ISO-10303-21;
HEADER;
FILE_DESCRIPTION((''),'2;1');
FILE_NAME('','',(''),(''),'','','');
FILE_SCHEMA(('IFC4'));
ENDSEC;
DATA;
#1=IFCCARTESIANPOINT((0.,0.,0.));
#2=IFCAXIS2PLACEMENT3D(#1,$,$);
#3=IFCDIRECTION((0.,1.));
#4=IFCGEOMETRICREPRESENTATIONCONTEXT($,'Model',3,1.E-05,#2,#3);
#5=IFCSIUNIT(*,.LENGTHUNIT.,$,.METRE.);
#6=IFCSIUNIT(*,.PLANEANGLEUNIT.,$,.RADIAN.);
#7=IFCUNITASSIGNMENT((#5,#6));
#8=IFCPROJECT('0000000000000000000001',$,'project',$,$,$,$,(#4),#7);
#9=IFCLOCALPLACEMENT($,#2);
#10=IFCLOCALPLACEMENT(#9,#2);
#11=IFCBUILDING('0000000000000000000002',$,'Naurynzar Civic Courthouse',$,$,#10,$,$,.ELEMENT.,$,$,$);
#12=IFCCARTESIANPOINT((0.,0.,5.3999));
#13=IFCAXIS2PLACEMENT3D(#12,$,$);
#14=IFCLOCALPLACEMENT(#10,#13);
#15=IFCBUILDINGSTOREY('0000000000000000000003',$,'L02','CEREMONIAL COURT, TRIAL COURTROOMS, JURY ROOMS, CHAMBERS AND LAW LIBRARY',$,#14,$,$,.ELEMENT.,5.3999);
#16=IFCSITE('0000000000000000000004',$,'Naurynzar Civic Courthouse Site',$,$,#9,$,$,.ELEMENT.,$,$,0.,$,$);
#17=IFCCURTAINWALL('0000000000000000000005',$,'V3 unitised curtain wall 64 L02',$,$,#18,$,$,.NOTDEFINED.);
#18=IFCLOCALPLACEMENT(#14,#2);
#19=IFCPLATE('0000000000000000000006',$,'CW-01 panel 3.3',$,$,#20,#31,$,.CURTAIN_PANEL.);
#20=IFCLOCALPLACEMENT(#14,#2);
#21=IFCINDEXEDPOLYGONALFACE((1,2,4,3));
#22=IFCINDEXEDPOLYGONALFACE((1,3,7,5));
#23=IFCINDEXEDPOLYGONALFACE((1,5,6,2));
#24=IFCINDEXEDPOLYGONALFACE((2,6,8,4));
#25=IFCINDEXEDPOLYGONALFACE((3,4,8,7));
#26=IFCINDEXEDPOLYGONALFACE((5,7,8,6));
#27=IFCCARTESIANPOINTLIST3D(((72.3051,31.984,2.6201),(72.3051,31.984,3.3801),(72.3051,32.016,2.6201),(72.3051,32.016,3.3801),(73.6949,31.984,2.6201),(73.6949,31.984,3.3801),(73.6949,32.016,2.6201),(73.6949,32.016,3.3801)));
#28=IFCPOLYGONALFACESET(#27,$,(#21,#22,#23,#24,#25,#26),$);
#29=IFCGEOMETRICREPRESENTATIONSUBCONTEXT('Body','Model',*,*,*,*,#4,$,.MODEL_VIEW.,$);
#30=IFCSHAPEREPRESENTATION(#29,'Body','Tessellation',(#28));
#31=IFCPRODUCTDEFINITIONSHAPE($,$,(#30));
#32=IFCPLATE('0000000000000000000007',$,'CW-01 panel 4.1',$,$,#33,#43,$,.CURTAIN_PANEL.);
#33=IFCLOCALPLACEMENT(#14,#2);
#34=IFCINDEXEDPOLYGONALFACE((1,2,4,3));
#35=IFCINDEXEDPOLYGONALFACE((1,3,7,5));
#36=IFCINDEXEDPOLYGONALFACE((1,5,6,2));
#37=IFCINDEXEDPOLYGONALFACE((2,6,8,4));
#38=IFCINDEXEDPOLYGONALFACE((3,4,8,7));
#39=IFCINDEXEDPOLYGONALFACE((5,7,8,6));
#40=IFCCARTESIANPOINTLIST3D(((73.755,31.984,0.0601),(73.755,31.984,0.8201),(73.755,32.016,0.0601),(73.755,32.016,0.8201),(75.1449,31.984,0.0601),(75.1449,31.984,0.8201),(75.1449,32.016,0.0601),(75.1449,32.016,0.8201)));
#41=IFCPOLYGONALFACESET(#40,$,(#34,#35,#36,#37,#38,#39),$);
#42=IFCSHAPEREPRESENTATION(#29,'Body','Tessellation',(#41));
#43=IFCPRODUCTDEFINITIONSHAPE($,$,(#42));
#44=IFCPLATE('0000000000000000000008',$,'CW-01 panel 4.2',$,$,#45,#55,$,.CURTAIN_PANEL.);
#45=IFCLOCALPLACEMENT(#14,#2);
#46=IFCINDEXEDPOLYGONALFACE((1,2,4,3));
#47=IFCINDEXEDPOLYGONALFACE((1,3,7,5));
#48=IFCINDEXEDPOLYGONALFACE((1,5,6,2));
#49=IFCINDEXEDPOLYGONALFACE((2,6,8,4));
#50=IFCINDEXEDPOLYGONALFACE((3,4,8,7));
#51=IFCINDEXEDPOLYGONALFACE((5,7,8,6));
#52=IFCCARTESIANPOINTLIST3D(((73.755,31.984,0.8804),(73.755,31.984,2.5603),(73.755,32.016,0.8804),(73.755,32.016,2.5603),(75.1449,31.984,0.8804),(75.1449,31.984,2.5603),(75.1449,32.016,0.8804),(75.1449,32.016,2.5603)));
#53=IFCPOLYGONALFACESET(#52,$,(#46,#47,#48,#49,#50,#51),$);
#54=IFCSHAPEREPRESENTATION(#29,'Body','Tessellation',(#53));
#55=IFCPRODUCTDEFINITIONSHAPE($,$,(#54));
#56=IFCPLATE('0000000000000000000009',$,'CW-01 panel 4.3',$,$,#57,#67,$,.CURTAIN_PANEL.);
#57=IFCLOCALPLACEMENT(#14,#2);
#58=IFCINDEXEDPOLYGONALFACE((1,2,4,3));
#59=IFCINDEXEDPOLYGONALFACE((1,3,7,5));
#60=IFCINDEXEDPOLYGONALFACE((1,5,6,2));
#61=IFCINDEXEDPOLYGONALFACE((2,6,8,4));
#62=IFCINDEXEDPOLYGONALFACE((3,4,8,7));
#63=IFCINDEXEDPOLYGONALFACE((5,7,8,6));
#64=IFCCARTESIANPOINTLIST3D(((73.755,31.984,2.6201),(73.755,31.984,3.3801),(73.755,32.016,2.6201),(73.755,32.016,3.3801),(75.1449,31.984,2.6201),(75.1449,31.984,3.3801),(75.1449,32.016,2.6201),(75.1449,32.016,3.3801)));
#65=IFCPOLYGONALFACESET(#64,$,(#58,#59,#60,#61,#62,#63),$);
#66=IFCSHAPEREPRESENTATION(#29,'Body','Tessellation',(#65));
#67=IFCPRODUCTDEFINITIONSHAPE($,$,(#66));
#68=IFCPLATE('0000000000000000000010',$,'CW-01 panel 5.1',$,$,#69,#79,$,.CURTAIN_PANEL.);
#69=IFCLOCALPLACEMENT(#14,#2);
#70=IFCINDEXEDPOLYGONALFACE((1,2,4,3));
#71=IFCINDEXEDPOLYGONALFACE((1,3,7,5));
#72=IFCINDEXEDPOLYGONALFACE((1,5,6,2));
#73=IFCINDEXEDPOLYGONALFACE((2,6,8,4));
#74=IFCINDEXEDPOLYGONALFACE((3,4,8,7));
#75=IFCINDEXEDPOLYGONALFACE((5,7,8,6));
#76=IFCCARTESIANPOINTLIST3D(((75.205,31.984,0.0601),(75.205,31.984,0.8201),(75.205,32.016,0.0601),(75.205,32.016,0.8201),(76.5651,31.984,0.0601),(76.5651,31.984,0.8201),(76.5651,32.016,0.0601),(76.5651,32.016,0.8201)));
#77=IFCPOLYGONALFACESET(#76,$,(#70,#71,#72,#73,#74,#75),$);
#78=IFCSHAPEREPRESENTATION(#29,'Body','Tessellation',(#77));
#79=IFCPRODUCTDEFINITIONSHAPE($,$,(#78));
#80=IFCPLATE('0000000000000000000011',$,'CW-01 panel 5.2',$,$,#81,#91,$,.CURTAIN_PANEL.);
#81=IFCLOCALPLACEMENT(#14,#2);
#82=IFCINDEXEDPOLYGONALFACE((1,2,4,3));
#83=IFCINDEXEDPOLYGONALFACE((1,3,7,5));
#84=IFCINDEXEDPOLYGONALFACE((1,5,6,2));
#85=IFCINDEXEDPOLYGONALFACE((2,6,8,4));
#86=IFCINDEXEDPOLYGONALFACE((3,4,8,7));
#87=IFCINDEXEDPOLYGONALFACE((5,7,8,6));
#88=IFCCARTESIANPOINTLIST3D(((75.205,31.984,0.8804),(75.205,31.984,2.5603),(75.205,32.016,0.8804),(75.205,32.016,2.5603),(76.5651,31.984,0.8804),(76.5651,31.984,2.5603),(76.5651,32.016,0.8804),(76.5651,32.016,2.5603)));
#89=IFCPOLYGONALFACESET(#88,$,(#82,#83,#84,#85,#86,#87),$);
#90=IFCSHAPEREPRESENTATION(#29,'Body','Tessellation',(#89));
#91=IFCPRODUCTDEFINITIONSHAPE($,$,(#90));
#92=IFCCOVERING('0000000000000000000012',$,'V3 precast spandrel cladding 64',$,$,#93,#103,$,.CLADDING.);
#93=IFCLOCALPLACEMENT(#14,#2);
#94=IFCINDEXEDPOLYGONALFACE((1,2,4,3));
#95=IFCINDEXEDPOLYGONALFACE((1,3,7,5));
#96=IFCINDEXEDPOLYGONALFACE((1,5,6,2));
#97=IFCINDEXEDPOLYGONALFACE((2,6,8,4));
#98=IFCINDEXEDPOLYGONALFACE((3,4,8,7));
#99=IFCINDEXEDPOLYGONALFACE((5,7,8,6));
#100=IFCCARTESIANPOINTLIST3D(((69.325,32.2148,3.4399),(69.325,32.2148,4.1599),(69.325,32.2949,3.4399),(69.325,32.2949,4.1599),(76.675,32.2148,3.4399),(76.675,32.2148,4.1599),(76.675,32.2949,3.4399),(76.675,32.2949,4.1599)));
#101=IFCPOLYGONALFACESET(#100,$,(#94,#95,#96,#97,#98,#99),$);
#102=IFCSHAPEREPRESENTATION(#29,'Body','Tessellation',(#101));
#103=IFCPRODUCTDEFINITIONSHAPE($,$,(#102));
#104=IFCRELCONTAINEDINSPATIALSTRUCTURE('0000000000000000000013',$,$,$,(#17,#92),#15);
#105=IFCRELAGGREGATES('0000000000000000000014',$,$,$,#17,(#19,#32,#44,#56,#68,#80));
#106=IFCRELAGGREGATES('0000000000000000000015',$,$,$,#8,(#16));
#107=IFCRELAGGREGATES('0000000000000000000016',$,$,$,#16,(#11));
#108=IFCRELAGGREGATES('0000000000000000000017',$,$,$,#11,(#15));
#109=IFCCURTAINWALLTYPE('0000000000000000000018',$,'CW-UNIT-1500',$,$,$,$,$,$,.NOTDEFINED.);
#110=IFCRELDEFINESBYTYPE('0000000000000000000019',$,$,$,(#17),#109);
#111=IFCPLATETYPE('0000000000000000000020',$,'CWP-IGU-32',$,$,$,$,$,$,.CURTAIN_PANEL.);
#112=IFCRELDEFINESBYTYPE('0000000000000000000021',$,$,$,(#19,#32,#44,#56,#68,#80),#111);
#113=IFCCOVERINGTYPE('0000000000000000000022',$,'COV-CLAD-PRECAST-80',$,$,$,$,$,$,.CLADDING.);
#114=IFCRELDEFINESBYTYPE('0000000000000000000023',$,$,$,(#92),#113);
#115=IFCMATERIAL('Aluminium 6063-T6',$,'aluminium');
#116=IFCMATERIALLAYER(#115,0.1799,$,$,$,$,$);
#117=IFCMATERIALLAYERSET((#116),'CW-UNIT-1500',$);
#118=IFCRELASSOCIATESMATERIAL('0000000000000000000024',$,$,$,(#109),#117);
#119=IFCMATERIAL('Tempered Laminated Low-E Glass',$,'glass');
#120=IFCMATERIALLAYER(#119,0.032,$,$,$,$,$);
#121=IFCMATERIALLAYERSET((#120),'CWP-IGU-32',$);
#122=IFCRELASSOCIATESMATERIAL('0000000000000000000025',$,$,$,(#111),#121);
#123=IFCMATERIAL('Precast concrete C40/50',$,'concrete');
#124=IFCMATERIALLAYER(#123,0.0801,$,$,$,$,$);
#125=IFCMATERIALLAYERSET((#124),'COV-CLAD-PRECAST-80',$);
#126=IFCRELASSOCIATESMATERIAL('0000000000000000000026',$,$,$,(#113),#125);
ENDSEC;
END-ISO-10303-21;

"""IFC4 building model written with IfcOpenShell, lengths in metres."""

from ifc_helpers import new_model, si_unit, direction, frame, origin, origin_2d, place, context, subcontext, project, spatial, rectangle, extrude, material, layer, layer_set, type_object, element, aggregate, save


model = new_model("IFC4")

# Units and contexts
model_context = context("Model", 3, precision=1e-05, world=origin(), true_north=direction((0.0, 1.0)))
body_context = subcontext(model_context, "Body", "Model", "MODEL_VIEW")
ifc_project = project(units=[si_unit("LENGTHUNIT", "METRE"), si_unit("PLANEANGLEUNIT", "RADIAN")], contexts=[model_context])

# Site, building, storey
site_placement = place(None, origin())
site = spatial("IfcSite", under=ifc_project, at=site_placement, Name="Naurynzar Civic Courthouse Site", CompositionType="ELEMENT", RefElevation=0.0)
building_placement = place(site_placement, origin())
building = spatial("IfcBuilding", under=site, at=building_placement, Name="Naurynzar Civic Courthouse", CompositionType="ELEMENT")
storey_placement = place(building_placement, frame((0.0, 0.0, 5.3999)))
storey = spatial("IfcBuildingStorey", under=building, at=storey_placement, Name="L02", Description="CEREMONIAL COURT, TRIAL COURTROOMS, JURY ROOMS, CHAMBERS AND LAW LIBRARY", CompositionType="ELEMENT", Elevation=5.3999)

# Curtain wall, plates
ifc_material_1 = material(Name="Aluminium 6063-T6", Category="aluminium")
ifc_layer_1 = layer(ifc_material_1, 0.1799)
ifc_layer_set_1 = layer_set([ifc_layer_1], Name="CW-UNIT-1500")
curtain_wall_type = type_object("IfcCurtainWallType", Name="CW-UNIT-1500", PredefinedType="NOTDEFINED", material=ifc_layer_set_1)
curtain_wall_placement = place(storey_placement, origin())
curtain_wall = element("IfcCurtainWall", 1, at=curtain_wall_placement, inside=storey, type_object=curtain_wall_type, Name="V3 unitised curtain wall 64 L02", PredefinedType="NOTDEFINED")
ifc_material_2 = material(Name="Tempered Laminated Low-E Glass", Category="glass")
ifc_layer_2 = layer(ifc_material_2, 0.032)
ifc_layer_set_2 = layer_set([ifc_layer_2], Name="CWP-IGU-32")
plate_type = type_object("IfcPlateType", Name="CWP-IGU-32", PredefinedType="CURTAIN_PANEL", material=ifc_layer_set_2)
plate_1_placement = place(storey_placement, frame((73.0, 32.0, 2.6201), z_axis=(0.0, 0.0, 1.0), x_axis=(1.0, 0.0, 0.0)))
plate_1 = element("IfcPlate", 2, at=plate_1_placement, type_object=plate_type, Name="CW-01 panel 3.3", PredefinedType="CURTAIN_PANEL", context=body_context, shape_type="SweptSolid", body=[
    extrude(rectangle(XDim=1.3899, YDim=0.032, at=origin_2d()), origin(), (0.0, 0.0, 1.0), 0.76),
])
plate_2_placement = place(storey_placement, frame((74.45, 32.0, 0.0601), z_axis=(0.0, 0.0, 1.0), x_axis=(1.0, 0.0, 0.0)))
plate_2 = element("IfcPlate", 3, at=plate_2_placement, type_object=plate_type, Name="CW-01 panel 4.1", PredefinedType="CURTAIN_PANEL", context=body_context, shape_type="SweptSolid", body=[
    extrude(rectangle(XDim=1.3899, YDim=0.032, at=origin_2d()), origin(), (0.0, 0.0, 1.0), 0.76),
])
plate_3_placement = place(storey_placement, frame((74.45, 32.0, 0.8804), z_axis=(0.0, 0.0, 1.0), x_axis=(1.0, 0.0, 0.0)))
plate_3 = element("IfcPlate", 4, at=plate_3_placement, type_object=plate_type, Name="CW-01 panel 4.2", PredefinedType="CURTAIN_PANEL", context=body_context, shape_type="SweptSolid", body=[
    extrude(rectangle(XDim=1.3899, YDim=0.032, at=origin_2d()), origin(), (0.0, 0.0, 1.0), 1.6799),
])
plate_4_placement = place(storey_placement, frame((74.45, 32.0, 2.6201), z_axis=(0.0, 0.0, 1.0), x_axis=(1.0, 0.0, 0.0)))
plate_4 = element("IfcPlate", 5, at=plate_4_placement, type_object=plate_type, Name="CW-01 panel 4.3", PredefinedType="CURTAIN_PANEL", context=body_context, shape_type="SweptSolid", body=[
    extrude(rectangle(XDim=1.3899, YDim=0.032, at=origin_2d()), origin(), (0.0, 0.0, 1.0), 0.76),
])
plate_5_placement = place(storey_placement, frame((75.885, 32.0, 0.0601), z_axis=(0.0, 0.0, 1.0), x_axis=(1.0, 0.0, 0.0)))
plate_5 = element("IfcPlate", 6, at=plate_5_placement, type_object=plate_type, Name="CW-01 panel 5.1", PredefinedType="CURTAIN_PANEL", context=body_context, shape_type="SweptSolid", body=[
    extrude(rectangle(XDim=1.3601, YDim=0.032, at=origin_2d()), origin(), (0.0, 0.0, 1.0), 0.76),
])
plate_6_placement = place(storey_placement, frame((75.885, 32.0, 0.8804), z_axis=(0.0, 0.0, 1.0), x_axis=(1.0, 0.0, 0.0)))
plate_6 = element("IfcPlate", 7, at=plate_6_placement, type_object=plate_type, Name="CW-01 panel 5.2", PredefinedType="CURTAIN_PANEL", context=body_context, shape_type="SweptSolid", body=[
    extrude(rectangle(XDim=1.3601, YDim=0.032, at=origin_2d()), origin(), (0.0, 0.0, 1.0), 1.6799),
])
aggregate(curtain_wall, [plate_1, plate_2, plate_3, plate_4, plate_5, plate_6])

# Covering
ifc_material_3 = material(Name="Precast concrete C40/50", Category="concrete")
ifc_layer_3 = layer(ifc_material_3, 0.0801)
ifc_layer_set_3 = layer_set([ifc_layer_3], Name="COV-CLAD-PRECAST-80")
covering_type = type_object("IfcCoveringType", Name="COV-CLAD-PRECAST-80", PredefinedType="CLADDING", material=ifc_layer_set_3)
covering_placement = place(storey_placement, frame((73.0, 32.2549, 3.4399), z_axis=(0.0, 0.0, 1.0), x_axis=(1.0, 0.0, 0.0)))
element("IfcCovering", 8, at=covering_placement, inside=storey, type_object=covering_type, Name="V3 precast spandrel cladding 64", PredefinedType="CLADDING", context=body_context, shape_type="SweptSolid", body=[
    extrude(rectangle(XDim=7.3501, YDim=0.0801, at=origin_2d()), origin(), (0.0, 0.0, 1.0), 0.72),
])

save(model, "model.ifc")
